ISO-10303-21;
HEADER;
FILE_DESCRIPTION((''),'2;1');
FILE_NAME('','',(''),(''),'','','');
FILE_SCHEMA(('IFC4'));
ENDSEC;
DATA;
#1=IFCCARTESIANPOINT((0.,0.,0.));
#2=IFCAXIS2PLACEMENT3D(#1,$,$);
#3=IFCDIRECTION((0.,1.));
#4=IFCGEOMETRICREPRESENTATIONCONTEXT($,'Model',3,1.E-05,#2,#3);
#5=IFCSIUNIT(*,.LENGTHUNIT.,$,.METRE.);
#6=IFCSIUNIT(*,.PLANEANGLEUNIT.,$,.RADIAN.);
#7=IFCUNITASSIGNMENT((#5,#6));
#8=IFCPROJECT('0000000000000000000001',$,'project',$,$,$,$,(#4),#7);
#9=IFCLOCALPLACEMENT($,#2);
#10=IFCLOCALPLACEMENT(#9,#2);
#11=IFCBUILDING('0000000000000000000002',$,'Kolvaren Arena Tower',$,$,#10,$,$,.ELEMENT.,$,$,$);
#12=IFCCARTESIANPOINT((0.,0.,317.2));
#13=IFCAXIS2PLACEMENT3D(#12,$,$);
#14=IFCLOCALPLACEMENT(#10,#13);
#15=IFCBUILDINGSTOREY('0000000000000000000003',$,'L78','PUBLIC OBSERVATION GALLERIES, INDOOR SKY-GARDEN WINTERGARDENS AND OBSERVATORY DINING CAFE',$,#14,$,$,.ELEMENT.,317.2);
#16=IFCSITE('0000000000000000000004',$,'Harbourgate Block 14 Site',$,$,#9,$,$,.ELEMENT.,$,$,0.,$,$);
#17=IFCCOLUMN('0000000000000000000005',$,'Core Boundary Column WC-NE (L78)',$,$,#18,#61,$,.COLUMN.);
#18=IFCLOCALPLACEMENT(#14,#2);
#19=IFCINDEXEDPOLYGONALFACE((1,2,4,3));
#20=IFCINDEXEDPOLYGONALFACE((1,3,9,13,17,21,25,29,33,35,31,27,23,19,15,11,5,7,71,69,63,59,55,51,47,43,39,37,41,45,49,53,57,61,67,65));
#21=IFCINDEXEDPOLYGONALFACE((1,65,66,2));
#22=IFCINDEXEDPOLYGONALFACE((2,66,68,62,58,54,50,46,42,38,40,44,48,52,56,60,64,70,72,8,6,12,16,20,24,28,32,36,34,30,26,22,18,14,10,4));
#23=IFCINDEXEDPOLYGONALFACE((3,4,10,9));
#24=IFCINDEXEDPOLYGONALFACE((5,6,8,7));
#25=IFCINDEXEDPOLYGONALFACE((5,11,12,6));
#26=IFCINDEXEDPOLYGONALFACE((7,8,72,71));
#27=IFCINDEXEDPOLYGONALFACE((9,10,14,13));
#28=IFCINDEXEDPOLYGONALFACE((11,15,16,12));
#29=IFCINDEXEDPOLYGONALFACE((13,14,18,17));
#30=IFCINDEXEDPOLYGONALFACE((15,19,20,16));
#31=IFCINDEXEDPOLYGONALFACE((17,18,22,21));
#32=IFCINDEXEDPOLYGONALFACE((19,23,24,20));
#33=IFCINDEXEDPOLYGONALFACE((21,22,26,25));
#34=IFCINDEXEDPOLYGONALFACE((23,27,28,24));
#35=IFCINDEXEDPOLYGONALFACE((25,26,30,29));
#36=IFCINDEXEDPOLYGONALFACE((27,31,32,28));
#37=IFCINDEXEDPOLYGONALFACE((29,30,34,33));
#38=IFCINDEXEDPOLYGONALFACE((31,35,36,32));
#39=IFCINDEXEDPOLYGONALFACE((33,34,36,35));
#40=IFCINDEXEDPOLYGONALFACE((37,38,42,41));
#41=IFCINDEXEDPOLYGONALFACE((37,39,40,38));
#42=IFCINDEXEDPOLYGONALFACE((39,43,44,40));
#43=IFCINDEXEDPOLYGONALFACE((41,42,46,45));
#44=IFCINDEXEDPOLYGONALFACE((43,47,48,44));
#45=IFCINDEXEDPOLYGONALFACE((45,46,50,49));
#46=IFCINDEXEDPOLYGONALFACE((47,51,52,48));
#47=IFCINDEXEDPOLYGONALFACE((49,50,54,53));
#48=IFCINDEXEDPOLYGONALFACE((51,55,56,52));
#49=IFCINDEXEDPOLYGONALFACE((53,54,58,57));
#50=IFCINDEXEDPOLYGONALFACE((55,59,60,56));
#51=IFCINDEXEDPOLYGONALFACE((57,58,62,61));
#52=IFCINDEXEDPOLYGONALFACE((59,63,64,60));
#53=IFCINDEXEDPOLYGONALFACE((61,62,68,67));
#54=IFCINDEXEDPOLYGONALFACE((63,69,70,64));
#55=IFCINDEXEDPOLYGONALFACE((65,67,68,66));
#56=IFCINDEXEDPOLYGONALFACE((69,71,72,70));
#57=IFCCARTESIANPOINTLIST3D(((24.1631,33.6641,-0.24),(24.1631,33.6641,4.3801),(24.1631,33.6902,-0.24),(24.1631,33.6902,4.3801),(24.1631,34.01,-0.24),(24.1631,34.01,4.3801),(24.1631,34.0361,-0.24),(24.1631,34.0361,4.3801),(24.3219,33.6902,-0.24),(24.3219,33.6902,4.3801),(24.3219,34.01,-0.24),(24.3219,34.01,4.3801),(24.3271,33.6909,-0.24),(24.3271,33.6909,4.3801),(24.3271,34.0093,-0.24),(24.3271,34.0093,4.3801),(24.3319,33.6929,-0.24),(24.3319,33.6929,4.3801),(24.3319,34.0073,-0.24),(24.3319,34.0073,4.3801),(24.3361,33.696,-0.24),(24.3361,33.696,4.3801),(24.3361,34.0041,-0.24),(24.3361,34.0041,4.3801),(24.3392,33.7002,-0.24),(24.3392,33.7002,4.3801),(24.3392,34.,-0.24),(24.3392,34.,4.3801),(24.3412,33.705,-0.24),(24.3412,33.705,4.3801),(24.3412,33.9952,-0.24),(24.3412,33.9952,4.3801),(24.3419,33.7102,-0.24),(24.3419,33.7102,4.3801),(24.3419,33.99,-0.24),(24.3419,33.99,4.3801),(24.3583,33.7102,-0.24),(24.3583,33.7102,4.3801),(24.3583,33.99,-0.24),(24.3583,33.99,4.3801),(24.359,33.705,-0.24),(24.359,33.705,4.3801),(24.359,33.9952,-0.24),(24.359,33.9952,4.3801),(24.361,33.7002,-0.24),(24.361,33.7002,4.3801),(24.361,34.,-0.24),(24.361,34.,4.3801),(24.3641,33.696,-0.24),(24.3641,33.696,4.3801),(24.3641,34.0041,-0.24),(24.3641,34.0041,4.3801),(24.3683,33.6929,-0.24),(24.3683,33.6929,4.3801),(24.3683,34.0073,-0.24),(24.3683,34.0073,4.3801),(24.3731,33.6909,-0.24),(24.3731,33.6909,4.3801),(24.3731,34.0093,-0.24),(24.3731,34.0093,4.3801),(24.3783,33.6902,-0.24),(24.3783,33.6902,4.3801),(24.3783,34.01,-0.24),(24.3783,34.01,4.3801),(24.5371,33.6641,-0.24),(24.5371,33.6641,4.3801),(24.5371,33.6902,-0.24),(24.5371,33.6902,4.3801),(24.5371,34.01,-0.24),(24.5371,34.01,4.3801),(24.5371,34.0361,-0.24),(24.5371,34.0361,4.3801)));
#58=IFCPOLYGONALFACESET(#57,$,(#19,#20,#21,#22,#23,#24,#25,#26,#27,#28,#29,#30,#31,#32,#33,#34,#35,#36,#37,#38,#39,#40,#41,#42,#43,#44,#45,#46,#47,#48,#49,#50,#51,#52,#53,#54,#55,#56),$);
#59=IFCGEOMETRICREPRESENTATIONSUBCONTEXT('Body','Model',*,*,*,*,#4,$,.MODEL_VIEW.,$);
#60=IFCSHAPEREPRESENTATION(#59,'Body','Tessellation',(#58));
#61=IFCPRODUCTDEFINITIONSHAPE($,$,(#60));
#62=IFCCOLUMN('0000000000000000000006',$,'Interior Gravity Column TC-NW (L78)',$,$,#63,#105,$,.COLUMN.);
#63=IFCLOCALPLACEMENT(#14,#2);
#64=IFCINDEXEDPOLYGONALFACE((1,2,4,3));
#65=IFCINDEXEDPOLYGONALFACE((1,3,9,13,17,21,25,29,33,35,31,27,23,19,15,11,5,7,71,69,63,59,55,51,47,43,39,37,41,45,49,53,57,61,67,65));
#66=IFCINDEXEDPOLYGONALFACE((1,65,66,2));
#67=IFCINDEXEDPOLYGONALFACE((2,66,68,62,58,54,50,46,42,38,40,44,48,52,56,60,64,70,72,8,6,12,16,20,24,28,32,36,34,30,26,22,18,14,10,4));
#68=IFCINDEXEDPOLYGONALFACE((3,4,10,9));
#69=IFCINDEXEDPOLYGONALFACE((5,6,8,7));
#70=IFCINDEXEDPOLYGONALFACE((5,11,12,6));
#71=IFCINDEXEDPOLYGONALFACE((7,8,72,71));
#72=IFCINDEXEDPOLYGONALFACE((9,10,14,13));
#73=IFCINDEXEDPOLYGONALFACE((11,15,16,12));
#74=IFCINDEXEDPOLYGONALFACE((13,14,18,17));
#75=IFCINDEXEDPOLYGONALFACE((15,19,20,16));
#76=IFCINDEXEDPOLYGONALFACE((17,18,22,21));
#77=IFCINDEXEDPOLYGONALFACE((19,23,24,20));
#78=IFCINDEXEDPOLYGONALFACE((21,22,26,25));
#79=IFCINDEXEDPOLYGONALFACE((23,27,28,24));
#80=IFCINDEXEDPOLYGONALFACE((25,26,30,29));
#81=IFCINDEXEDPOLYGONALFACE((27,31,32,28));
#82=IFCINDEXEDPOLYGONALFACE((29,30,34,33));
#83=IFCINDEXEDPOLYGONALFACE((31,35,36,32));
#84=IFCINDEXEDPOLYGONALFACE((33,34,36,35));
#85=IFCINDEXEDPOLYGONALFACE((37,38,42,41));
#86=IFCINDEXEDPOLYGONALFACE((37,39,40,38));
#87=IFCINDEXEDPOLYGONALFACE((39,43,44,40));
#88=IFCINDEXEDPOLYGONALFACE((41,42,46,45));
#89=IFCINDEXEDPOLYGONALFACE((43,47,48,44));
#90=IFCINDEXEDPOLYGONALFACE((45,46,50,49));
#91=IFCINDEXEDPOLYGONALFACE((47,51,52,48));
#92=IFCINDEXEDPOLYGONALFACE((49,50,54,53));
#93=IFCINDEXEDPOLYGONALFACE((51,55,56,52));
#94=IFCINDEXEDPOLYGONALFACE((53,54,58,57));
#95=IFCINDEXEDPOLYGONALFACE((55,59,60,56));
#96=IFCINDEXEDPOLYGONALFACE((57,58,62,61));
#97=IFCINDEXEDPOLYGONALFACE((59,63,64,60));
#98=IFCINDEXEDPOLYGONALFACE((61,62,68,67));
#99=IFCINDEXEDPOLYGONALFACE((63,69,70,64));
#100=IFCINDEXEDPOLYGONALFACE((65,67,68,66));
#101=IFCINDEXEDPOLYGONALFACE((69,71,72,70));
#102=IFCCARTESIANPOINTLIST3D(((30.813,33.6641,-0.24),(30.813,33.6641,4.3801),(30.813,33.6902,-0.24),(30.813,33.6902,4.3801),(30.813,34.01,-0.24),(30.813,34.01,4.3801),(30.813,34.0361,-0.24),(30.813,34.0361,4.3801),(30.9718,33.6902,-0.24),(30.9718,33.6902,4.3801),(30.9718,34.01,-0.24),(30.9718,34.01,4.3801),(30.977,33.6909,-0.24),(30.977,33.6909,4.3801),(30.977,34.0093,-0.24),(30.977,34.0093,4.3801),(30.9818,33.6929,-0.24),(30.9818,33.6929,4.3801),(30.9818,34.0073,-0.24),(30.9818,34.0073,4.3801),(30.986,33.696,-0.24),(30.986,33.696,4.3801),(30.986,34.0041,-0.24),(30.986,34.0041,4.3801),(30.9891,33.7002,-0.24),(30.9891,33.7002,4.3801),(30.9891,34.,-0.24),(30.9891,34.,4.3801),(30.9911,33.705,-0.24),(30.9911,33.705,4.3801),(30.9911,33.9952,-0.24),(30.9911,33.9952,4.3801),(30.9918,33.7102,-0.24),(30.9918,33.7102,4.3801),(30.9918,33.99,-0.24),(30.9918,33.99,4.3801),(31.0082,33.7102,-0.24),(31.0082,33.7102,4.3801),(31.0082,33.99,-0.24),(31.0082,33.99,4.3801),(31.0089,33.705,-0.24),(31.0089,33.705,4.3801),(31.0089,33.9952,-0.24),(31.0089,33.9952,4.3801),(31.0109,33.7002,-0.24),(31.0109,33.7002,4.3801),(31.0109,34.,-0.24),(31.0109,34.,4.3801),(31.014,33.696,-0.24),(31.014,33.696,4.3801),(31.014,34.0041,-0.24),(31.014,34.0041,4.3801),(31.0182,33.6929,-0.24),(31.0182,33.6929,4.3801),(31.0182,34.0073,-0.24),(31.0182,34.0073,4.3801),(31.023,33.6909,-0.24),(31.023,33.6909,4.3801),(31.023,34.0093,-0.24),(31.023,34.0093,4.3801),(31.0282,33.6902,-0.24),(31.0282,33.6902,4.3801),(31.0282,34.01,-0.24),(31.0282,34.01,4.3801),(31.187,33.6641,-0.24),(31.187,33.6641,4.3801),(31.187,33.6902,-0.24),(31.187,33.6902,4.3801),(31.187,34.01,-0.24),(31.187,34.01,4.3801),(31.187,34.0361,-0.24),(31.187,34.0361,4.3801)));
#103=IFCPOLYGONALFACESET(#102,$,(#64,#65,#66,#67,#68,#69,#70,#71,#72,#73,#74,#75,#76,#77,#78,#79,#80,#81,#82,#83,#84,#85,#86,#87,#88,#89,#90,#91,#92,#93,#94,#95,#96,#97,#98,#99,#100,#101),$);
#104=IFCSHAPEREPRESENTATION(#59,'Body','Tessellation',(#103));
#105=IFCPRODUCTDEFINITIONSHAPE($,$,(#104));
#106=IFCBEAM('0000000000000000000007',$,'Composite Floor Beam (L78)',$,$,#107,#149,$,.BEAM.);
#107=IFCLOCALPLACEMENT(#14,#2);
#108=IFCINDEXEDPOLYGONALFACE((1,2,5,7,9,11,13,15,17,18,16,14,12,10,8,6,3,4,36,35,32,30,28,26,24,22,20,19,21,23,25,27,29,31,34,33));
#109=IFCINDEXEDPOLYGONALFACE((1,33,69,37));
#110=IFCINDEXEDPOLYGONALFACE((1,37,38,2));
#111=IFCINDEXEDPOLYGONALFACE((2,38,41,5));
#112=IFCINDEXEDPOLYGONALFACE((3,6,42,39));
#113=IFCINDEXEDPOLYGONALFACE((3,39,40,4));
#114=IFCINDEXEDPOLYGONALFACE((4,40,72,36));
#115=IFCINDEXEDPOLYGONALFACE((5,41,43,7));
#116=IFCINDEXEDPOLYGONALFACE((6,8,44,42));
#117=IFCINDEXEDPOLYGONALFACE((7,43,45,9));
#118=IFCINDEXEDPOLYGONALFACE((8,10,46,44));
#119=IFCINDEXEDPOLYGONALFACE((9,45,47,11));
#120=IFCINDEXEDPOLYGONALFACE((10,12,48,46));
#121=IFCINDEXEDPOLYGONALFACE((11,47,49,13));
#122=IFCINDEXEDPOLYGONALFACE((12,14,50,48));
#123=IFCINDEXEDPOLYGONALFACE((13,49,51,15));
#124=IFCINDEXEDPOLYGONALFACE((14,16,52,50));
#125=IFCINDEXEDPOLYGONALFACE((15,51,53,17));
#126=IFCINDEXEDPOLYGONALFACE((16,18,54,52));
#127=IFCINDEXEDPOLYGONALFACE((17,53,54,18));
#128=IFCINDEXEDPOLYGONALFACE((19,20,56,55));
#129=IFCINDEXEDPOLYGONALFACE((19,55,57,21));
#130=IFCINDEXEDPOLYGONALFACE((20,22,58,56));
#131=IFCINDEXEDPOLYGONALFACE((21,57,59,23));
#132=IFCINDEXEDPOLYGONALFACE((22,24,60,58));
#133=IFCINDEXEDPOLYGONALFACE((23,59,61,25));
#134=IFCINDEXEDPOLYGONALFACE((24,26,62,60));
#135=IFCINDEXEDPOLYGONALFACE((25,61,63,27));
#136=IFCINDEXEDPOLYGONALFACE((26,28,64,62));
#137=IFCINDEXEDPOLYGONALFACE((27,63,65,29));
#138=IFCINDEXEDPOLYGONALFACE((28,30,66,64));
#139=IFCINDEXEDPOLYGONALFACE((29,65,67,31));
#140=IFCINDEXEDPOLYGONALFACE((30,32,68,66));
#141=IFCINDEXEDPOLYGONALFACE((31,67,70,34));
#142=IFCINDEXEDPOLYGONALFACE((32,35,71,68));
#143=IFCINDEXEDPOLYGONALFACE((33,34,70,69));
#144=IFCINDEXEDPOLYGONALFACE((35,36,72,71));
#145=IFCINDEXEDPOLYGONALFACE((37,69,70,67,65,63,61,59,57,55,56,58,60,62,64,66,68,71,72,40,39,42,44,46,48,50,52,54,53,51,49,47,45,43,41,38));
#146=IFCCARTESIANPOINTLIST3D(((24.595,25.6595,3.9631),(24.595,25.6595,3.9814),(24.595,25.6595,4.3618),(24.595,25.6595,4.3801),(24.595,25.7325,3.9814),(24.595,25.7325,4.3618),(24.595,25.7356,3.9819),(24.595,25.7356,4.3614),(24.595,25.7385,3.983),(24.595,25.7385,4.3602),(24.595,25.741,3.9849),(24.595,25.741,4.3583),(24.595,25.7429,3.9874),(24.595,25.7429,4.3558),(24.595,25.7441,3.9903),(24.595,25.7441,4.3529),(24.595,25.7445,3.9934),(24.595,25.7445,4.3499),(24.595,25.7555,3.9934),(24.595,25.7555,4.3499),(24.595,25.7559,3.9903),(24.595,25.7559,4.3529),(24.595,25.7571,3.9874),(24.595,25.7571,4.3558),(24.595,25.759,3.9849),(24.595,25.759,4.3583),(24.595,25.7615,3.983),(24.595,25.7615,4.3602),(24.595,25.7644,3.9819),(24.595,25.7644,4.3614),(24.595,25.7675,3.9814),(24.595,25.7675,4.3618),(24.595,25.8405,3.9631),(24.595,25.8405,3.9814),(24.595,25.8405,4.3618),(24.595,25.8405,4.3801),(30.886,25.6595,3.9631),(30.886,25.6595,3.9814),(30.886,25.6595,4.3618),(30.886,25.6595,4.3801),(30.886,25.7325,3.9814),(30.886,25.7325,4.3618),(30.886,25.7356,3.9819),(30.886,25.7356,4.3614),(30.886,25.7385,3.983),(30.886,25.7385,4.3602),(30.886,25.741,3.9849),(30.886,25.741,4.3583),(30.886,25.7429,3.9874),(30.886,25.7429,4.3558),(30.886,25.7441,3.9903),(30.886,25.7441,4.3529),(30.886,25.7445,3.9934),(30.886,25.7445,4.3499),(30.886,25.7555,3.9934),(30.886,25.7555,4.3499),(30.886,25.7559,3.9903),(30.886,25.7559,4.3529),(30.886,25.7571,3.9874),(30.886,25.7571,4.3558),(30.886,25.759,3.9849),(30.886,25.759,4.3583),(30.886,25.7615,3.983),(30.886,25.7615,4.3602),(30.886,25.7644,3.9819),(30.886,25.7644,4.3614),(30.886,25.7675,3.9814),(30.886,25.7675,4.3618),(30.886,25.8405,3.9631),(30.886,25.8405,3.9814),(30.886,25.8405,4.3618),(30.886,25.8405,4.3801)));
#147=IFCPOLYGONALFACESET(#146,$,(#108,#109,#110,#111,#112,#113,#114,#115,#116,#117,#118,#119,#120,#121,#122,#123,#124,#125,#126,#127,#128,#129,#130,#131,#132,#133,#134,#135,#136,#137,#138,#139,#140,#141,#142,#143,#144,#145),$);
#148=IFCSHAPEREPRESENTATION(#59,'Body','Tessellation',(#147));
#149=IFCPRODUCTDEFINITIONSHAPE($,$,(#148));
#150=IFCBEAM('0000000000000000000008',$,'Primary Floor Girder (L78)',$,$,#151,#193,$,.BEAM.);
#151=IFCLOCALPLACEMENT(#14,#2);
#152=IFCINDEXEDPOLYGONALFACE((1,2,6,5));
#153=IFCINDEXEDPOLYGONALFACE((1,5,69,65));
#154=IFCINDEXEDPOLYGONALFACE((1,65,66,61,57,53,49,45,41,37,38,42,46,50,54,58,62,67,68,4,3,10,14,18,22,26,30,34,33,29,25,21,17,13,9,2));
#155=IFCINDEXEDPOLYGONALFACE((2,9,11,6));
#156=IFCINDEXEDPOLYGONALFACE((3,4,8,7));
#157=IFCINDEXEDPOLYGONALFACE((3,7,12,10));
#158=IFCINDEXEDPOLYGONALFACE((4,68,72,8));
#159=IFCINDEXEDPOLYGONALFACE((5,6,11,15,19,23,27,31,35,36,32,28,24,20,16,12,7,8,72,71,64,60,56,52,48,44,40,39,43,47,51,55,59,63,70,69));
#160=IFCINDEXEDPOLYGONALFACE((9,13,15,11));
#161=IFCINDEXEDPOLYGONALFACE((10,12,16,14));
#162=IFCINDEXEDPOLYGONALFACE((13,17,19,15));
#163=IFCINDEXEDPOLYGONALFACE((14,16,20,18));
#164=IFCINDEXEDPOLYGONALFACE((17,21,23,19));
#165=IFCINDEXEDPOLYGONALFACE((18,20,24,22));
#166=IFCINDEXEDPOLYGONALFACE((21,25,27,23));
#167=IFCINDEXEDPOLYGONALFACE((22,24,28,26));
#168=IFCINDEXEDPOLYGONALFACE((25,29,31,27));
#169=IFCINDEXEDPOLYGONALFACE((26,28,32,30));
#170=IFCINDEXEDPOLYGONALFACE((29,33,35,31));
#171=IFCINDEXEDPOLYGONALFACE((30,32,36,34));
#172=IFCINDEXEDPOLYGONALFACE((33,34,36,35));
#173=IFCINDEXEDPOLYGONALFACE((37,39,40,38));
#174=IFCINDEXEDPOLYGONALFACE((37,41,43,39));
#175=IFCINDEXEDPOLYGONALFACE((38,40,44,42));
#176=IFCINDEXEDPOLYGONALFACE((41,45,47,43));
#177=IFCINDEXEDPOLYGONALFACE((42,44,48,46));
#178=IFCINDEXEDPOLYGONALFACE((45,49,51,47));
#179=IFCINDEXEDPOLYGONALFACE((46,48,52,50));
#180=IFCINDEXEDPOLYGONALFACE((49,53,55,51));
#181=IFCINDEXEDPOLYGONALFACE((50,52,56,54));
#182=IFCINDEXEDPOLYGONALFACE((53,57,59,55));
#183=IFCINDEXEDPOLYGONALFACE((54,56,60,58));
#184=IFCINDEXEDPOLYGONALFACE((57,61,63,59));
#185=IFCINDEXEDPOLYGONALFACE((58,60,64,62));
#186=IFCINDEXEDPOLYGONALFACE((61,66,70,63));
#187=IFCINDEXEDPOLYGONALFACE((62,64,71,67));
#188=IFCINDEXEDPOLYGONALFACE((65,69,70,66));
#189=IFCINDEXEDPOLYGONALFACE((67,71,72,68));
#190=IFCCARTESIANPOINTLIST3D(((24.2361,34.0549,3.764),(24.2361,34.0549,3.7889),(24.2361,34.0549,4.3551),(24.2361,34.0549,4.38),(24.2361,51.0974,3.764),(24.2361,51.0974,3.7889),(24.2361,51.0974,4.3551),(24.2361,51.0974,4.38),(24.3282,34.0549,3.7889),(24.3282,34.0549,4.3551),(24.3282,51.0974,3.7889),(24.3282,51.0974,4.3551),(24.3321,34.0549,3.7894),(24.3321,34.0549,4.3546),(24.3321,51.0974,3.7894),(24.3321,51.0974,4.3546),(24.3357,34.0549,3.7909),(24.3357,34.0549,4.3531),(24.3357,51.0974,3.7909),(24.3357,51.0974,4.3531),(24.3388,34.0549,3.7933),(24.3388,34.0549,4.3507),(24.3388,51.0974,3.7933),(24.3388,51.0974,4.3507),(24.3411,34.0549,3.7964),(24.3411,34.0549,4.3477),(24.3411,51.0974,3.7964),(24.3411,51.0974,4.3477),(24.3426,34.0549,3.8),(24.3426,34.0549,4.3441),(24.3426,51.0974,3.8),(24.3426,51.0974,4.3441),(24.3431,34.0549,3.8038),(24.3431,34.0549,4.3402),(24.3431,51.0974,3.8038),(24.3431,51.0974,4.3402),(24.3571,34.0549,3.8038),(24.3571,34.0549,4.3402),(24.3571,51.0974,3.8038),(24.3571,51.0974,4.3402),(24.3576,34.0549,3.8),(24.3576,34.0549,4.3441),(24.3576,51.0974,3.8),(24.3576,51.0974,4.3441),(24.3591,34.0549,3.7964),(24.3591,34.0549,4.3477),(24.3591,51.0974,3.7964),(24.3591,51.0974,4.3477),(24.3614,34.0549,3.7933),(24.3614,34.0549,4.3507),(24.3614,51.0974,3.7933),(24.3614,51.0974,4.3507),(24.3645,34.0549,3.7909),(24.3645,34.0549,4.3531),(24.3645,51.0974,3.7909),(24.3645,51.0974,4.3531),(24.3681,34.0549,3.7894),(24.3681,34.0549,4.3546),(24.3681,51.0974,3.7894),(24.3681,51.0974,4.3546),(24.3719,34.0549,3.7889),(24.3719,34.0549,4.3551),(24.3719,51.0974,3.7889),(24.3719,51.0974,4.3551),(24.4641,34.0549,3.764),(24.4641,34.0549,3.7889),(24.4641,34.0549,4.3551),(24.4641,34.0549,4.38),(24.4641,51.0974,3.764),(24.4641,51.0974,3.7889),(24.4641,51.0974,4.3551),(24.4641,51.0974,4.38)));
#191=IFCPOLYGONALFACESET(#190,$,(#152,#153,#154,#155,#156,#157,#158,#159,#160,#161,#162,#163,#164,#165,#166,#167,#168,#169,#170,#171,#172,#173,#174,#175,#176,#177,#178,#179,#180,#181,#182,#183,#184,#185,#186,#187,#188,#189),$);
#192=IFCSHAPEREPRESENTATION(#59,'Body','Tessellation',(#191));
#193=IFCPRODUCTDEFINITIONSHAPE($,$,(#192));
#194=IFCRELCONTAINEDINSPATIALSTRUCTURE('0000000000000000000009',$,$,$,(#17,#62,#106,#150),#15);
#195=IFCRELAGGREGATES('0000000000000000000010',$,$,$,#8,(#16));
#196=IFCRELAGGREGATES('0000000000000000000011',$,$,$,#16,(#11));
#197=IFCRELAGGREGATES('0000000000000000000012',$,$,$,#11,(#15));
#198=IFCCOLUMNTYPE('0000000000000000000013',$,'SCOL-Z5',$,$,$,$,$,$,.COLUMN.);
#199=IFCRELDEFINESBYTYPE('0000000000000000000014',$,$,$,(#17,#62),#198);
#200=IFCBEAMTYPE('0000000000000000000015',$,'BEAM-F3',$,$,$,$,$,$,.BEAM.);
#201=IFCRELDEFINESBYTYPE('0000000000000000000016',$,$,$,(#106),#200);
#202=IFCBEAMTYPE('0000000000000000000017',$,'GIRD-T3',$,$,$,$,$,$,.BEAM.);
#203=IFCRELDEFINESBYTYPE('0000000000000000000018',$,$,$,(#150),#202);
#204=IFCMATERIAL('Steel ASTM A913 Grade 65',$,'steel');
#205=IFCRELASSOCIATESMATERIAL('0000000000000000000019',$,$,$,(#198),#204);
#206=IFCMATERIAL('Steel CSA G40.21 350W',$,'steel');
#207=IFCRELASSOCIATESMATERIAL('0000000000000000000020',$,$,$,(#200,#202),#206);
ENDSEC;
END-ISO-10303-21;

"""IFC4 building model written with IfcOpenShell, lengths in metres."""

from ifc_helpers import new_model, si_unit, direction, frame, origin, origin_2d, place, context, subcontext, project, spatial, i_section, extrude, material, material_profile, profile_set, type_object, element, save


model = new_model("IFC4")

# Units and contexts
model_context = context("Model", 3, precision=1e-05, world=origin(), true_north=direction((0.0, 1.0)))
body_context = subcontext(model_context, "Body", "Model", "MODEL_VIEW")
ifc_project = project(units=[si_unit("LENGTHUNIT", "METRE"), si_unit("PLANEANGLEUNIT", "RADIAN")], contexts=[model_context])

# Site, building, storey
site_placement = place(None, origin())
site = spatial("IfcSite", under=ifc_project, at=site_placement, Name="Harbourgate Block 14 Site", CompositionType="ELEMENT", RefElevation=0.0)
building_placement = place(site_placement, origin())
building = spatial("IfcBuilding", under=site, at=building_placement, Name="Kolvaren Arena Tower", CompositionType="ELEMENT")
storey_placement = place(building_placement, frame((0.0, 0.0, 317.2)))
storey = spatial("IfcBuildingStorey", under=building, at=storey_placement, Name="L78", Description="PUBLIC OBSERVATION GALLERIES, INDOOR SKY-GARDEN WINTERGARDENS AND OBSERVATORY DINING CAFE", CompositionType="ELEMENT", Elevation=317.2)

# Columns
ifc_material_1 = material(Name="Steel ASTM A913 Grade 65", Category="steel")
ifc_material_profile_1 = material_profile(ifc_material_1, i_section(OverallWidth=0.374, OverallDepth=0.3721, WebThickness=0.0164, FlangeThickness=0.0261, FilletRadius=0.02, at=origin_2d()), Name="W360x196")
ifc_profile_set_1 = profile_set([ifc_material_profile_1], Name="Steel ASTM A913 Grade 65")
column_type = type_object("IfcColumnType", Name="SCOL-Z5", PredefinedType="COLUMN", material=ifc_profile_set_1)
for number, where, z_axis, x_axis, name in (
    (1, (24.3501, 33.8501, -0.24), (0.0, 0.0, 1.0), (1.0, 0.0, 0.0), "Core Boundary Column WC-NE (L78)"),
    (2, (31.0, 33.8501, -0.24), (0.0, 0.0, 1.0), (1.0, 0.0, 0.0), "Interior Gravity Column TC-NW (L78)"),
):
    element("IfcColumn", number, at=place(storey_placement, frame(where, z_axis=z_axis, x_axis=x_axis)), inside=storey, type_object=column_type, Name=name, PredefinedType="COLUMN", context=body_context, shape_type="SweptSolid", body=[
        extrude(i_section(OverallWidth=0.374, OverallDepth=0.3721, WebThickness=0.0164, FlangeThickness=0.0261, FilletRadius=0.02, at=origin_2d()), origin(), (0.0, 0.0, 1.0), 4.6201),
    ])

# Beams
ifc_material_2 = material(Name="Steel CSA G40.21 350W", Category="steel")
ifc_material_profile_2 = material_profile(ifc_material_2, i_section(OverallWidth=0.1809, OverallDepth=0.417, WebThickness=0.011, FlangeThickness=0.0183, FilletRadius=0.012, at=origin_2d()), Name="W410x85")
ifc_profile_set_2 = profile_set([ifc_material_profile_2], Name="Steel CSA G40.21 350W")
beam_type_1 = type_object("IfcBeamType", Name="BEAM-F3", PredefinedType="BEAM", material=ifc_profile_set_2)
beam_1_placement = place(storey_placement, frame((24.595, 25.75, 4.1716), z_axis=(1.0, 0.0, 0.0), x_axis=(0.0, 1.0, 0.0)))
element("IfcBeam", 3, at=beam_1_placement, inside=storey, type_object=beam_type_1, Name="Composite Floor Beam (L78)", PredefinedType="BEAM", context=body_context, shape_type="SweptSolid", body=[
    extrude(i_section(OverallWidth=0.1809, OverallDepth=0.417, WebThickness=0.011, FlangeThickness=0.0183, FilletRadius=0.012, at=origin_2d()), origin(), (0.0, 0.0, 1.0), 6.291),
])
ifc_material_profile_3 = material_profile(ifc_material_2, i_section(OverallWidth=0.228, OverallDepth=0.616, WebThickness=0.0139, FlangeThickness=0.0249, FilletRadius=0.0149, at=origin_2d()), Name="W610x174")
ifc_profile_set_3 = profile_set([ifc_material_profile_3], Name="Steel CSA G40.21 350W")
beam_type_2 = type_object("IfcBeamType", Name="GIRD-T3", PredefinedType="BEAM", material=ifc_profile_set_3)
beam_2_placement = place(storey_placement, frame((24.3501, 34.0549, 4.072), z_axis=(0.0, 1.0, 0.0), x_axis=(-1.0, 0.0, 0.0)))
element("IfcBeam", 4, at=beam_2_placement, inside=storey, type_object=beam_type_2, Name="Primary Floor Girder (L78)", PredefinedType="BEAM", context=body_context, shape_type="SweptSolid", body=[
    extrude(i_section(OverallWidth=0.228, OverallDepth=0.616, WebThickness=0.0139, FlangeThickness=0.0249, FilletRadius=0.0149, at=origin_2d()), origin(), (0.0, 0.0, 1.0), 17.0425),
])

save(model, "model.ifc")
